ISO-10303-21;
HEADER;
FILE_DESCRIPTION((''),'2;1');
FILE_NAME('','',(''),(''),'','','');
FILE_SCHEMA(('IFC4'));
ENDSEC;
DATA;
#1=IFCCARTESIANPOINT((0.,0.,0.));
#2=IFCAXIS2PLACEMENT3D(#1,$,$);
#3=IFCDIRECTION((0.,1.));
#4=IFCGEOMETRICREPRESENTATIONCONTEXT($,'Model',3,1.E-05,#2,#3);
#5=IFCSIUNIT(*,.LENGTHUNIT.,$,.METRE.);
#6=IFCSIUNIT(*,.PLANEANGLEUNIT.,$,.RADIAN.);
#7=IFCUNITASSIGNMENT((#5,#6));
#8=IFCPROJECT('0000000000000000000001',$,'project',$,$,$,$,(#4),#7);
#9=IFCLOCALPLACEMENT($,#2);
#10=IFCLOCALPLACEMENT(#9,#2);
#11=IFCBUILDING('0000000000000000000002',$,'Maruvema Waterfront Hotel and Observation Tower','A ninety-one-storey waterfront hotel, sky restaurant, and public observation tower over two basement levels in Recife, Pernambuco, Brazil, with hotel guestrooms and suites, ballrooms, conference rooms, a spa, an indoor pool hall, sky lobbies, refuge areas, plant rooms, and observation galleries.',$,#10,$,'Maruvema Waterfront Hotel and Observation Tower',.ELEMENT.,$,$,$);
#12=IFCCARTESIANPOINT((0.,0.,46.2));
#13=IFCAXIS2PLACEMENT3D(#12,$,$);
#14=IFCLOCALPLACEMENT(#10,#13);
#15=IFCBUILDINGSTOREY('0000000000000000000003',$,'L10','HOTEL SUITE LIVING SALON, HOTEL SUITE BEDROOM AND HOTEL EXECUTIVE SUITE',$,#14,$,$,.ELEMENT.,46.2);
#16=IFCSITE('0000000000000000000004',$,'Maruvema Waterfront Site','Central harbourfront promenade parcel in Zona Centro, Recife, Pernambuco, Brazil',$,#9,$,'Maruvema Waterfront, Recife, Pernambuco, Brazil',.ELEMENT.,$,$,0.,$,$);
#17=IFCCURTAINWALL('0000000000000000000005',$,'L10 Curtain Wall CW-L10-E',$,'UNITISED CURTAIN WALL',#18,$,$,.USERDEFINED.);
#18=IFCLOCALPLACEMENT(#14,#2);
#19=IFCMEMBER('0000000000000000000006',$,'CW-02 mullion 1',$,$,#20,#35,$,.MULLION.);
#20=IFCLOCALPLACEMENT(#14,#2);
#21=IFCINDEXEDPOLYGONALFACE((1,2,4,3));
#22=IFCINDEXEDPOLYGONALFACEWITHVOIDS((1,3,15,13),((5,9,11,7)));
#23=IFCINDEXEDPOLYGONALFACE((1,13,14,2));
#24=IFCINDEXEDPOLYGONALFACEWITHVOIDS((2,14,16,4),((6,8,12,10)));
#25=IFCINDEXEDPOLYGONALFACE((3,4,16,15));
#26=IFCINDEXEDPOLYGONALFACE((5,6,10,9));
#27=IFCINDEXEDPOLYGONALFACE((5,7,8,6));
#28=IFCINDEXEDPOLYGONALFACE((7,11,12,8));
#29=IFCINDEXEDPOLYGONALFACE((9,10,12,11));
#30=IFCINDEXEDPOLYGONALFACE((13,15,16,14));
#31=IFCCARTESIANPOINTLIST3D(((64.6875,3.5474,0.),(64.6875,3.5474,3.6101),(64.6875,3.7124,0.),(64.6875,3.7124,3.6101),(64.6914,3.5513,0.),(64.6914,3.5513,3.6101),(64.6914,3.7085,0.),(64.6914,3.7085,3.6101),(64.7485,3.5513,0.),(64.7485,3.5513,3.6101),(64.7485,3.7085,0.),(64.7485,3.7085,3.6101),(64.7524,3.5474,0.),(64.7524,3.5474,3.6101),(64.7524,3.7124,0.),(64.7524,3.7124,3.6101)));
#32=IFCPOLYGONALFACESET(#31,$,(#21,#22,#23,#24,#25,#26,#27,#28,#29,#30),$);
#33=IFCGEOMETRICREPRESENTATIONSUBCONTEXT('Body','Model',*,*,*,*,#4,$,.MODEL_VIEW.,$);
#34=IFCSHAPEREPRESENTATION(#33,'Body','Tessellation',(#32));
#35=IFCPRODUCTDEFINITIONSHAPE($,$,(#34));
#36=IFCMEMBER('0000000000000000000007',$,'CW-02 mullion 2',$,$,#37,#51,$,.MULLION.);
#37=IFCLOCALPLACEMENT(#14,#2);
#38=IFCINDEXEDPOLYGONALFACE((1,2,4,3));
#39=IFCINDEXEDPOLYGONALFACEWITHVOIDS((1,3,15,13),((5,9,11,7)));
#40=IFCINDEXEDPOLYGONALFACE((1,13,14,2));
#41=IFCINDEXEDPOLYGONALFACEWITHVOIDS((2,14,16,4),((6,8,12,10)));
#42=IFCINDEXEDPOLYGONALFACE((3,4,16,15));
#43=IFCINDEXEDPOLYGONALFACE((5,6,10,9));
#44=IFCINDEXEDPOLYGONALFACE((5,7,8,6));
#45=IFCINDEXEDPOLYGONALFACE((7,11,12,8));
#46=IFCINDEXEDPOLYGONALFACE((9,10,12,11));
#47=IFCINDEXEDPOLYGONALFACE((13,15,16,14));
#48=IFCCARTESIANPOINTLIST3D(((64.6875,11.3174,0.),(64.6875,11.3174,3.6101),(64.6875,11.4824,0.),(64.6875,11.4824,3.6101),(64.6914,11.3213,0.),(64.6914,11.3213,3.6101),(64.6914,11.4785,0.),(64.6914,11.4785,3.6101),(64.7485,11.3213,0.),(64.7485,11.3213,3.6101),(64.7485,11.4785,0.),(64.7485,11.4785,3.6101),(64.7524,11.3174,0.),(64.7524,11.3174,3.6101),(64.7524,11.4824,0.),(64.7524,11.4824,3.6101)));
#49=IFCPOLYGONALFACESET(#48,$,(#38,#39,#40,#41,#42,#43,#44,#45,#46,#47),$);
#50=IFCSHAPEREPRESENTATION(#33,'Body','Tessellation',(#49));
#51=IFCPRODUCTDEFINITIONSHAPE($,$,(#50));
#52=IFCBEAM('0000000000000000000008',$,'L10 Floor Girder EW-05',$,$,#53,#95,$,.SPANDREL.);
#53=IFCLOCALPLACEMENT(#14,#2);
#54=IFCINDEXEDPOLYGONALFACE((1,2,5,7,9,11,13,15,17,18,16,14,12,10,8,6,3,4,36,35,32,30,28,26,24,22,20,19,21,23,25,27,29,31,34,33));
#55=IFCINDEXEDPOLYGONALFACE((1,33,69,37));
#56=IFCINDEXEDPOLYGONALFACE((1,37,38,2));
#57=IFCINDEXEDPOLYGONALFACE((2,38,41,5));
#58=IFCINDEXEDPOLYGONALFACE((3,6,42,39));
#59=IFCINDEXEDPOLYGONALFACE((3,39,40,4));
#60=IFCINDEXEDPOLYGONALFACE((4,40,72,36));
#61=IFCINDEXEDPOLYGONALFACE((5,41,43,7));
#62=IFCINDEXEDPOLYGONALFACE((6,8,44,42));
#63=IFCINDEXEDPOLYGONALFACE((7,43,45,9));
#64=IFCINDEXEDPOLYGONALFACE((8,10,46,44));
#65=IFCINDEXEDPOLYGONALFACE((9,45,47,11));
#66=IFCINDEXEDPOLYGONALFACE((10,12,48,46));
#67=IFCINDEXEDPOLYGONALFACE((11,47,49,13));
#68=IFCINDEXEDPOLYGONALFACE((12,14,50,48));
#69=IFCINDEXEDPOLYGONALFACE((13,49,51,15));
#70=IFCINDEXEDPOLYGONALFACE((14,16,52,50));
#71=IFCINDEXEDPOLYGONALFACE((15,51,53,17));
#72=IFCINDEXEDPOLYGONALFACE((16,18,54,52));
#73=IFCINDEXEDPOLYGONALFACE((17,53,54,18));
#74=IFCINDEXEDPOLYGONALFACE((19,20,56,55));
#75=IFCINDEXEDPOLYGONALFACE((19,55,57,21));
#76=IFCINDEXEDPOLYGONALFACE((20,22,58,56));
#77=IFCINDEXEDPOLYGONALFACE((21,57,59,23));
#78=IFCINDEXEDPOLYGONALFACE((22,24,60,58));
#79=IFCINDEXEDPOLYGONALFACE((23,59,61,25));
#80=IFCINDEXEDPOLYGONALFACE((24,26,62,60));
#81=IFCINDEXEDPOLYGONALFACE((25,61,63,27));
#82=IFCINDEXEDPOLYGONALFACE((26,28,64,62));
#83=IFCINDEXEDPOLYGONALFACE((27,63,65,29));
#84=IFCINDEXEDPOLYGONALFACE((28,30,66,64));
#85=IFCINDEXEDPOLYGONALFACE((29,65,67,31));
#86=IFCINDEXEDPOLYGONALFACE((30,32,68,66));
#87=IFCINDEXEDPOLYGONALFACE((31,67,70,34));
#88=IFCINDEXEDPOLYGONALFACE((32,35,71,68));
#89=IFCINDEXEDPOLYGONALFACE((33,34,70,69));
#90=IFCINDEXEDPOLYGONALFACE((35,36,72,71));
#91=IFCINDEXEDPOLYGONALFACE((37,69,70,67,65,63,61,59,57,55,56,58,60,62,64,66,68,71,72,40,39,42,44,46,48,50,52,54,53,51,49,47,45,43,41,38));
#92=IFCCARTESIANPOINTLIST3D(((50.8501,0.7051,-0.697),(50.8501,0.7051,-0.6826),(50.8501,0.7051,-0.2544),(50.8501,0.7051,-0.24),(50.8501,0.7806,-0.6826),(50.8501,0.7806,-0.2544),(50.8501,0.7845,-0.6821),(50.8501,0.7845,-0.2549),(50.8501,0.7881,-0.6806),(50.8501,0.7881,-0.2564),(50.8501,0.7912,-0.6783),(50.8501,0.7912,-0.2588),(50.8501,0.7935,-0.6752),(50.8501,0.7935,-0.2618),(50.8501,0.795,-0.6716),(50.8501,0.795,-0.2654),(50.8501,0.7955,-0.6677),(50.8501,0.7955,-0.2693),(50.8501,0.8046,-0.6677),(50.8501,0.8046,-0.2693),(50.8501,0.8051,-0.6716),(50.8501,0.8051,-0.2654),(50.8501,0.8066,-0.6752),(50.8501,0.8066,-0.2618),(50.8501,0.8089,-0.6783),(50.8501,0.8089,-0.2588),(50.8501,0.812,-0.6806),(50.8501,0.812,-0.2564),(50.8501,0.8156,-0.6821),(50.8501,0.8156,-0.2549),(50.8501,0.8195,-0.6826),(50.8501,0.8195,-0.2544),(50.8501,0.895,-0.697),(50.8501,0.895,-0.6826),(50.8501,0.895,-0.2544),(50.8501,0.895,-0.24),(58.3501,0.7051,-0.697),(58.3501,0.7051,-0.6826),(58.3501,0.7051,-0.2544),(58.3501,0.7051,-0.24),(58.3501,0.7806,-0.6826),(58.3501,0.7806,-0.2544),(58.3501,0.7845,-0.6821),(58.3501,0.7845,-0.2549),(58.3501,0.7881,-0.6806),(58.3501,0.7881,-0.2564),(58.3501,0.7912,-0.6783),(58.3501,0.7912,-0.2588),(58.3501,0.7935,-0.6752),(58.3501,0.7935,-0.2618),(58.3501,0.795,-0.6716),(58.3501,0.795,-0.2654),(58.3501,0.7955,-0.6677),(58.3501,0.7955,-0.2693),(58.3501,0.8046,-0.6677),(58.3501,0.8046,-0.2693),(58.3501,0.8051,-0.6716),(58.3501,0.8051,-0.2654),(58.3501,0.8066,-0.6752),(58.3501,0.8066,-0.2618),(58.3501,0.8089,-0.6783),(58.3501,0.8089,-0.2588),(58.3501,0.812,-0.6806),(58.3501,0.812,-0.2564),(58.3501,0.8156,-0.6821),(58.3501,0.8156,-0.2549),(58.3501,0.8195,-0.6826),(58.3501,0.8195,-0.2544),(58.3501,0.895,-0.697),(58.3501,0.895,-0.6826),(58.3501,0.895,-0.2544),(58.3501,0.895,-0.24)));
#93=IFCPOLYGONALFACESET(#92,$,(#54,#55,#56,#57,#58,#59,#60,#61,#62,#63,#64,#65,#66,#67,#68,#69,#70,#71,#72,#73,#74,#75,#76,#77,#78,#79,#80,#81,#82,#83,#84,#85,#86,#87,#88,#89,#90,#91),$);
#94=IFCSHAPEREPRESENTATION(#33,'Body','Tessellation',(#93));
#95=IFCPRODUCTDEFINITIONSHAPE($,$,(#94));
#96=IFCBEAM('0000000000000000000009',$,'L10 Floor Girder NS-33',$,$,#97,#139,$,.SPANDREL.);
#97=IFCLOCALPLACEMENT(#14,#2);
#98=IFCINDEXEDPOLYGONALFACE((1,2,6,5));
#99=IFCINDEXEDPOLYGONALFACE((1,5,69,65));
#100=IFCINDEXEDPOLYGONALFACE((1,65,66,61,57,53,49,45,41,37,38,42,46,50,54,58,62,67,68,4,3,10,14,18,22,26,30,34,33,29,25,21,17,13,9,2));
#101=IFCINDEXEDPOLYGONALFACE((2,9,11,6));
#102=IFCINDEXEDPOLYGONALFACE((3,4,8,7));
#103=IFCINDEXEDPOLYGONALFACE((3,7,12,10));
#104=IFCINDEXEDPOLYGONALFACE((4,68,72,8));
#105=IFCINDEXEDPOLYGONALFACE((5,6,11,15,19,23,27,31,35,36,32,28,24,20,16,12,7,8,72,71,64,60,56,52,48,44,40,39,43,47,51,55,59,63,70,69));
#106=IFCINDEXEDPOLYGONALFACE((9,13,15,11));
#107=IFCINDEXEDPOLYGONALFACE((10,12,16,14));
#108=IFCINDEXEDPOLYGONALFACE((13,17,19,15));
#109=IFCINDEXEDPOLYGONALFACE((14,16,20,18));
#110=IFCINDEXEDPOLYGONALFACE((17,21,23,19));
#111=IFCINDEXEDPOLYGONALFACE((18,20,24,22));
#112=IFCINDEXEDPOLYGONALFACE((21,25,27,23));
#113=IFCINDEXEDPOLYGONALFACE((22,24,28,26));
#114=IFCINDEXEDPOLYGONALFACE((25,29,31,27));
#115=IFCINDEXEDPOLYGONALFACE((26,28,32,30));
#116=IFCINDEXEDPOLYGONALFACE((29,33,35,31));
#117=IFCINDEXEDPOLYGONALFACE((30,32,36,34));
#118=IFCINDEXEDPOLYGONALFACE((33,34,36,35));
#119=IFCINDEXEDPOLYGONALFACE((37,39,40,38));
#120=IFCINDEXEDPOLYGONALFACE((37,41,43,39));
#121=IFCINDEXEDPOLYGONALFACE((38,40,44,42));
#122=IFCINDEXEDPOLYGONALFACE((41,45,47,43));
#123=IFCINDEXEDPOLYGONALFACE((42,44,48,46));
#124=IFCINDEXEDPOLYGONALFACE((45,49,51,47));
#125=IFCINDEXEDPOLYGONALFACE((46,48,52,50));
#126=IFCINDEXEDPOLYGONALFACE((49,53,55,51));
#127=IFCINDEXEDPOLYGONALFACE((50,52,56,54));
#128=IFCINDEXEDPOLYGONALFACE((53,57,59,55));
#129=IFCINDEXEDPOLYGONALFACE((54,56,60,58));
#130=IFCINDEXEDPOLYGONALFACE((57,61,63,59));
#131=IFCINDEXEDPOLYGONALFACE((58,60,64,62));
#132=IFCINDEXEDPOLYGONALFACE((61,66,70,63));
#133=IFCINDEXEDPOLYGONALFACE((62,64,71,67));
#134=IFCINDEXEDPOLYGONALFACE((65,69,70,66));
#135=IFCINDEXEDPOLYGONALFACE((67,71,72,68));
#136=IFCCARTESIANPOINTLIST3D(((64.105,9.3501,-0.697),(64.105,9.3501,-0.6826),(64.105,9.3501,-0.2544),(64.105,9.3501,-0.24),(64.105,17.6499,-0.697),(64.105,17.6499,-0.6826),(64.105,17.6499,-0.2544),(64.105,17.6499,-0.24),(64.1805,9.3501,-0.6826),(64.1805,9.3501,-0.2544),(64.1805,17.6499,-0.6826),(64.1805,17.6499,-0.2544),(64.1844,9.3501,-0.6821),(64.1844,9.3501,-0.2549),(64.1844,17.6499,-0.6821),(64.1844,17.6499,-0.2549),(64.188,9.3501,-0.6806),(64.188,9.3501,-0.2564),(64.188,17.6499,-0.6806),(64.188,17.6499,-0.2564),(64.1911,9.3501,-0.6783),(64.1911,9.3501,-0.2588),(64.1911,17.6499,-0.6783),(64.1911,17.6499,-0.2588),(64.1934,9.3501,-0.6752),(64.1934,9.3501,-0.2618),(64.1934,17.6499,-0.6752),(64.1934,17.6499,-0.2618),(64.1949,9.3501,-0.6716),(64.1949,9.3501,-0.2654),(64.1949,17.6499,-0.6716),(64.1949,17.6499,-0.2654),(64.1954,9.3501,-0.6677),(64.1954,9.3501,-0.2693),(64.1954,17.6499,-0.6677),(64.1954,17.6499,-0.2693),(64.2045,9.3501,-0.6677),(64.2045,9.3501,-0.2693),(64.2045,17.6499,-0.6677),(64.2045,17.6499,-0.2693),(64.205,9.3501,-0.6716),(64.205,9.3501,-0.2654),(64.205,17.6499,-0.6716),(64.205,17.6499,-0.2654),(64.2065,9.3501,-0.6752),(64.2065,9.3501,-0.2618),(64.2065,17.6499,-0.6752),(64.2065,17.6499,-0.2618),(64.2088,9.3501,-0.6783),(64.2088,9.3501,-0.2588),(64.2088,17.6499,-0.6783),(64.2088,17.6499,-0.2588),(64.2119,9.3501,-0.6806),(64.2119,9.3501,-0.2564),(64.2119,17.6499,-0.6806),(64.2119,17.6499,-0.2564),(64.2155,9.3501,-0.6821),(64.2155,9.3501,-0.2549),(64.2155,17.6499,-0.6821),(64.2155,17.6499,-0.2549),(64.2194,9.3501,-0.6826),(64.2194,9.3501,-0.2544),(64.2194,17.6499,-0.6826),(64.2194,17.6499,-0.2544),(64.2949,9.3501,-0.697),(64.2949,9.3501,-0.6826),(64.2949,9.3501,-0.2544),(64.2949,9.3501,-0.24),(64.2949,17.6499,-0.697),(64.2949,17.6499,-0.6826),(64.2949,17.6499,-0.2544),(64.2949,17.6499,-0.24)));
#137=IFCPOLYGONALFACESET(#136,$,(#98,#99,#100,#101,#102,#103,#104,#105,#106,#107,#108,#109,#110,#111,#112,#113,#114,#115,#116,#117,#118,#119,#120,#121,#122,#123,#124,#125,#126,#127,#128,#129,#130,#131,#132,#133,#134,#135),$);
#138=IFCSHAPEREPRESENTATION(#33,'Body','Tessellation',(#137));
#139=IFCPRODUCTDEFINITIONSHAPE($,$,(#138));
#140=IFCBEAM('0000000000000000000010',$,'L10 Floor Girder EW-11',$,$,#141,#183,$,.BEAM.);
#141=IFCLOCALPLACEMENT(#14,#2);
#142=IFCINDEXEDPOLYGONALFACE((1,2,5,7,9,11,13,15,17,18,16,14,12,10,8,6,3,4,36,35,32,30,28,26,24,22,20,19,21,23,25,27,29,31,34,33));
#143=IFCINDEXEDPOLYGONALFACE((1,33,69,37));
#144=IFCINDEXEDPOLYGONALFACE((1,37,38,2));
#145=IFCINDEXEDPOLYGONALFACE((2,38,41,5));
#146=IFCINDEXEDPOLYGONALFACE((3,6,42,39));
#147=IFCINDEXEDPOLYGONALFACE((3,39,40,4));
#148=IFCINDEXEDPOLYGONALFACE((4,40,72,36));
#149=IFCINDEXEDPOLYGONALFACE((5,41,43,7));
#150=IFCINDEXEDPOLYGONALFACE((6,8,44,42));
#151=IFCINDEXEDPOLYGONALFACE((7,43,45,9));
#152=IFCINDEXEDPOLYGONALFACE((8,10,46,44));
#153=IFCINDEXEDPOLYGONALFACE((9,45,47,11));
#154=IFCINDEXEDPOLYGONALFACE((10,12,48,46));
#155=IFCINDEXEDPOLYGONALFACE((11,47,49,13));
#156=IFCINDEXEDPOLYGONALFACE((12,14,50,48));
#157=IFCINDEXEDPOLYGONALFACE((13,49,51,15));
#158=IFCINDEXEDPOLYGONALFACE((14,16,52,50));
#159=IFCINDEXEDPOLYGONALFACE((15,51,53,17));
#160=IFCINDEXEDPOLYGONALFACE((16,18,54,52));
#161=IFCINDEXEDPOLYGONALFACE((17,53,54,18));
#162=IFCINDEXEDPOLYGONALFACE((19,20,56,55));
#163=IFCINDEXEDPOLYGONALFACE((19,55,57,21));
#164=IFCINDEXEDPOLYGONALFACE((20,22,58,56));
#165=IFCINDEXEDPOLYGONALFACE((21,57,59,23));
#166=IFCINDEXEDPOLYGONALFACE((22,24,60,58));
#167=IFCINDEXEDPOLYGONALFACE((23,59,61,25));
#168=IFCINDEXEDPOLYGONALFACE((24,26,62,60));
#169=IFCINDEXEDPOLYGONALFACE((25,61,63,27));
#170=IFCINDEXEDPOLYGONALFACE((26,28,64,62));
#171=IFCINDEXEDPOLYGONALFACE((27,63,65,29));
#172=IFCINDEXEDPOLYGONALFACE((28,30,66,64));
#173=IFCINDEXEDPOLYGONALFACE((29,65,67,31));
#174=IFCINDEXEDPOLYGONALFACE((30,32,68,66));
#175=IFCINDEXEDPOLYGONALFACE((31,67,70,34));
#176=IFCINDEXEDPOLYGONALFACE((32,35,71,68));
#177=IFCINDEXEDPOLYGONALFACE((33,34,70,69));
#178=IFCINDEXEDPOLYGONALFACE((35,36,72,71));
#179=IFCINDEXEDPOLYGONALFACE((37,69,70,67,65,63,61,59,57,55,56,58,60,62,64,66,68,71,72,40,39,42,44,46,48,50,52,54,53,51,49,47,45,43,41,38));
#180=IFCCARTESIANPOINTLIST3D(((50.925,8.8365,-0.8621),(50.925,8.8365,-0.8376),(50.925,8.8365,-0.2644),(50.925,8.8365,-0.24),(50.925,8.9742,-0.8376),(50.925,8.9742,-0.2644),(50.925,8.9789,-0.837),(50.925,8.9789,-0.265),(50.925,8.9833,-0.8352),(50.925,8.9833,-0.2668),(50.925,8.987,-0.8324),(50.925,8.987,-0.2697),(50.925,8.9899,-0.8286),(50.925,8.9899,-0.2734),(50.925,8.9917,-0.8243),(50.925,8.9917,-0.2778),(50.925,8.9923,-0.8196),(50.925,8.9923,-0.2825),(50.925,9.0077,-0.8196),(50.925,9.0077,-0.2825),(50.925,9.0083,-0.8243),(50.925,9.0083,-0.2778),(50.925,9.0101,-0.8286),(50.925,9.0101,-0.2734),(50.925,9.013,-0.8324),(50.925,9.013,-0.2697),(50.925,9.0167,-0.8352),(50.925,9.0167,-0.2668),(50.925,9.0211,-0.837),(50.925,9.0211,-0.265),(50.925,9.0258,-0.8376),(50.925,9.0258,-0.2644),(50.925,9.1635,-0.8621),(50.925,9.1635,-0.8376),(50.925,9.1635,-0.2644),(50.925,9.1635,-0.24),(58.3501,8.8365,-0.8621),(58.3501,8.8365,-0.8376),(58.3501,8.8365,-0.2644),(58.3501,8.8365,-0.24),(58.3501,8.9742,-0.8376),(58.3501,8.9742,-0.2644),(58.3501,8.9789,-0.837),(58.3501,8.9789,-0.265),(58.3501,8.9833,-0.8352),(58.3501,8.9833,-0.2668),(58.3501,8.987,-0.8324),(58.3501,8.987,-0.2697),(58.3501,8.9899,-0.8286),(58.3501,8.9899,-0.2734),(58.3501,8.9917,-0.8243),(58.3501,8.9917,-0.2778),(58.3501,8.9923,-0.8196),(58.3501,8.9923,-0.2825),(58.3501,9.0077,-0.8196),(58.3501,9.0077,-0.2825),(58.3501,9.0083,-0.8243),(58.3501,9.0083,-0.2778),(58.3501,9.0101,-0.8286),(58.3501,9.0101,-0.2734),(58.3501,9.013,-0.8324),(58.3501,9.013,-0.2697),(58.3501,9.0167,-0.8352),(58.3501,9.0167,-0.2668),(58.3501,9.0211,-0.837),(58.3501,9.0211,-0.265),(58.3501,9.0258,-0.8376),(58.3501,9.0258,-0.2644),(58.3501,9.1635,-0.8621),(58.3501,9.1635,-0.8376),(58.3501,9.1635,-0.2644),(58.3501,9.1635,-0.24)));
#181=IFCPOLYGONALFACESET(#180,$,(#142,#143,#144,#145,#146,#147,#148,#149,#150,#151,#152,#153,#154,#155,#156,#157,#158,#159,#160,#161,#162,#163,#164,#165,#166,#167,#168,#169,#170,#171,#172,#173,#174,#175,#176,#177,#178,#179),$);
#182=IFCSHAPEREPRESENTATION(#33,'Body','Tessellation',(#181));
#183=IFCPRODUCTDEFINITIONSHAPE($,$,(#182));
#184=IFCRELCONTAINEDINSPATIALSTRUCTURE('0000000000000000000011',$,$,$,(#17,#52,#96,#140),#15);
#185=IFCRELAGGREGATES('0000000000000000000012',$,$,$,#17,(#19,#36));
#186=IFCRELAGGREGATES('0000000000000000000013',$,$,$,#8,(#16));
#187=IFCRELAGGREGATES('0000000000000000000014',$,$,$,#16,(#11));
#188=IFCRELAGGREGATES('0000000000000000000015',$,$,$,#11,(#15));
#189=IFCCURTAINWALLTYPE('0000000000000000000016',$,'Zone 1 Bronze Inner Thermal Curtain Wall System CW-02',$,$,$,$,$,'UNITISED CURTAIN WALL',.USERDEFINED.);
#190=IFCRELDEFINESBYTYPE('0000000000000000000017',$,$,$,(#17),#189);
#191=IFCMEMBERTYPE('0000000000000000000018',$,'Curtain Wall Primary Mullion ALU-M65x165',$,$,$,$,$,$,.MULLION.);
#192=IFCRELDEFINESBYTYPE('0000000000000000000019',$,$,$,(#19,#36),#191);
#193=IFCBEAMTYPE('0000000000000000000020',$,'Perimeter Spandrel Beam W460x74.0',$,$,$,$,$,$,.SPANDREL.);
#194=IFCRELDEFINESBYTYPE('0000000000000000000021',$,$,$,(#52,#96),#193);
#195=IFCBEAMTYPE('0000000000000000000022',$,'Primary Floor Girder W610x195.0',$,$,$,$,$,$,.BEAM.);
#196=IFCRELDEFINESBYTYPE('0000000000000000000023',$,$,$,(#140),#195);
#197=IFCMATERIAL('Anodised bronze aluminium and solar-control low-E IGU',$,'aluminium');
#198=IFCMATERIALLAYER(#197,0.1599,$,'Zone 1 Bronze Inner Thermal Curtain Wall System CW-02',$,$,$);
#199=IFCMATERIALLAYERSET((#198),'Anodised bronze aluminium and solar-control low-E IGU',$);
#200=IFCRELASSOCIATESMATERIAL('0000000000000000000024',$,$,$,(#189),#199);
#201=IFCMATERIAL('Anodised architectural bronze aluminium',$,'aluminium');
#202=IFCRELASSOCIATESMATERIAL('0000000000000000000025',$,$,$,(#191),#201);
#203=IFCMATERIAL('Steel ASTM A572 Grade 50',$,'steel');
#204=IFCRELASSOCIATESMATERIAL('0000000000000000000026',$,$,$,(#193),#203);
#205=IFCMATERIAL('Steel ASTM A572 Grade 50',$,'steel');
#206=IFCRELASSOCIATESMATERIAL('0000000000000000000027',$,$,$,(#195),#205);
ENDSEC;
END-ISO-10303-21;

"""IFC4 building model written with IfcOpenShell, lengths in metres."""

from ifc_helpers import new_model, si_unit, direction, frame, origin, origin_2d, place, context, subcontext, project, spatial, hollow_rectangle, i_section, extrude, material, layer, layer_set, material_profile, profile_set, type_object, element, aggregate, save


model = new_model("IFC4")

# Units and contexts
model_context = context("Model", 3, precision=1e-05, world=origin(), true_north=direction((0.0, 1.0)))
body_context = subcontext(model_context, "Body", "Model", "MODEL_VIEW")
ifc_project = project(units=[si_unit("LENGTHUNIT", "METRE"), si_unit("PLANEANGLEUNIT", "RADIAN")], contexts=[model_context])

# Site, building, storey
site_placement = place(None, origin())
site = spatial("IfcSite", under=ifc_project, at=site_placement, Name="Maruvema Waterfront Site", Description="Central harbourfront promenade parcel in Zona Centro, Recife, Pernambuco, Brazil", LongName="Maruvema Waterfront, Recife, Pernambuco, Brazil", CompositionType="ELEMENT", RefElevation=0.0)
building_placement = place(site_placement, origin())
building = spatial("IfcBuilding", under=site, at=building_placement, Name="Maruvema Waterfront Hotel and Observation Tower", Description="A ninety-one-storey waterfront hotel, sky restaurant, and public observation tower over two basement levels in Recife, Pernambuco, Brazil, with hotel guestrooms and suites, ballrooms, conference rooms, a spa, an indoor pool hall, sky lobbies, refuge areas, plant rooms, and observation galleries.", LongName="Maruvema Waterfront Hotel and Observation Tower", CompositionType="ELEMENT")
storey_placement = place(building_placement, frame((0.0, 0.0, 46.2)))
storey = spatial("IfcBuildingStorey", under=building, at=storey_placement, Name="L10", Description="HOTEL SUITE LIVING SALON, HOTEL SUITE BEDROOM AND HOTEL EXECUTIVE SUITE", CompositionType="ELEMENT", Elevation=46.2)

# Curtain wall
ifc_material_1 = material(Name="Anodised bronze aluminium and solar-control low-E IGU", Category="aluminium")
ifc_layer_1 = layer(ifc_material_1, 0.1599, Name="Zone 1 Bronze Inner Thermal Curtain Wall System CW-02")
ifc_layer_set_1 = layer_set([ifc_layer_1], Name="Anodised bronze aluminium and solar-control low-E IGU")
curtain_wall_type = type_object("IfcCurtainWallType", Name="Zone 1 Bronze Inner Thermal Curtain Wall System CW-02", ElementType="UNITISED CURTAIN WALL", PredefinedType="USERDEFINED", material=ifc_layer_set_1)
curtain_wall_1_placement = place(storey_placement, origin())
curtain_wall_1 = element("IfcCurtainWall", 1, at=curtain_wall_1_placement, inside=storey, type_object=curtain_wall_type, Name="L10 Curtain Wall CW-L10-E", ObjectType="UNITISED CURTAIN WALL", PredefinedType="USERDEFINED")

# Members
ifc_material_2 = material(Name="Anodised architectural bronze aluminium", Category="aluminium")
ifc_material_profile_1 = material_profile(ifc_material_2, hollow_rectangle(XDim=0.0649, YDim=0.165, WallThickness=0.0039, at=origin_2d()), Name="ALU-M65x165")
ifc_profile_set_1 = profile_set([ifc_material_profile_1], Name="Anodised architectural bronze aluminium")
member_type_1 = type_object("IfcMemberType", Name="Curtain Wall Primary Mullion ALU-M65x165", PredefinedType="MULLION", material=ifc_profile_set_1)
member_1_placement = place(storey_placement, frame((64.72, 3.6299, 0.0), z_axis=(0.0, 0.0, 1.0), x_axis=(-1.0, 0.0, 0.0)))
member_1 = element("IfcMember", 2, at=member_1_placement, type_object=member_type_1, Name="CW-02 mullion 1", PredefinedType="MULLION", context=body_context, shape_type="SweptSolid", body=[
    extrude(hollow_rectangle(XDim=0.0649, YDim=0.165, WallThickness=0.0039, at=origin_2d()), origin(), (0.0, 0.0, 1.0), 3.6101),
])
member_2_placement = place(storey_placement, frame((64.72, 11.3999, 0.0), z_axis=(0.0, 0.0, 1.0), x_axis=(-1.0, 0.0, 0.0)))
member_2 = element("IfcMember", 3, at=member_2_placement, type_object=member_type_1, Name="CW-02 mullion 2", PredefinedType="MULLION", context=body_context, shape_type="SweptSolid", body=[
    extrude(hollow_rectangle(XDim=0.0649, YDim=0.165, WallThickness=0.0039, at=origin_2d()), origin(), (0.0, 0.0, 1.0), 3.6101),
])

# Beams
ifc_material_3 = material(Name="Steel ASTM A572 Grade 50", Category="steel")
ifc_material_profile_2 = material_profile(ifc_material_3, i_section(OverallWidth=0.1899, OverallDepth=0.457, WebThickness=0.009, FlangeThickness=0.0144, FilletRadius=0.0149, at=origin_2d()), Name="W460x74.0")
ifc_profile_set_2 = profile_set([ifc_material_profile_2], Name="Steel ASTM A572 Grade 50")
beam_type_1 = type_object("IfcBeamType", Name="Perimeter Spandrel Beam W460x74.0", PredefinedType="SPANDREL", material=ifc_profile_set_2)
beam_1_placement = place(storey_placement, frame((50.8501, 0.8, -0.4685), z_axis=(1.0, 0.0, 0.0), x_axis=(0.0, 1.0, 0.0)))
element("IfcBeam", 4, at=beam_1_placement, inside=storey, type_object=beam_type_1, Name="L10 Floor Girder EW-05", PredefinedType="SPANDREL", context=body_context, shape_type="SweptSolid", body=[
    extrude(i_section(OverallWidth=0.1899, OverallDepth=0.457, WebThickness=0.009, FlangeThickness=0.0144, FilletRadius=0.0149, at=origin_2d()), origin(), (0.0, 0.0, 1.0), 7.5),
])
beam_2_placement = place(storey_placement, frame((64.2, 9.3501, -0.4685), z_axis=(0.0, 1.0, 0.0), x_axis=(-1.0, 0.0, 0.0)))
element("IfcBeam", 5, at=beam_2_placement, inside=storey, type_object=beam_type_1, Name="L10 Floor Girder NS-33", PredefinedType="SPANDREL", context=body_context, shape_type="SweptSolid", body=[
    extrude(i_section(OverallWidth=0.1899, OverallDepth=0.457, WebThickness=0.009, FlangeThickness=0.0144, FilletRadius=0.0149, at=origin_2d()), origin(), (0.0, 0.0, 1.0), 8.2998),
])
ifc_material_4 = material(Name="Steel ASTM A572 Grade 50", Category="steel")
ifc_material_profile_3 = material_profile(ifc_material_4, i_section(OverallWidth=0.3269, OverallDepth=0.6221, WebThickness=0.0154, FlangeThickness=0.0244, FilletRadius=0.0181, at=origin_2d()), Name="W610x195.0")
ifc_profile_set_3 = profile_set([ifc_material_profile_3], Name="Steel ASTM A572 Grade 50")
beam_type_2 = type_object("IfcBeamType", Name="Primary Floor Girder W610x195.0", PredefinedType="BEAM", material=ifc_profile_set_3)
beam_3_placement = place(storey_placement, frame((50.925, 9.0, -0.551), z_axis=(1.0, 0.0, 0.0), x_axis=(0.0, 1.0, 0.0)))
element("IfcBeam", 6, at=beam_3_placement, inside=storey, type_object=beam_type_2, Name="L10 Floor Girder EW-11", PredefinedType="BEAM", context=body_context, shape_type="SweptSolid", body=[
    extrude(i_section(OverallWidth=0.3269, OverallDepth=0.6221, WebThickness=0.0154, FlangeThickness=0.0244, FilletRadius=0.0181, at=origin_2d()), origin(), (0.0, 0.0, 1.0), 7.425),
])

aggregate(curtain_wall_1, [member_1, member_2])

save(model, "model.ifc")
